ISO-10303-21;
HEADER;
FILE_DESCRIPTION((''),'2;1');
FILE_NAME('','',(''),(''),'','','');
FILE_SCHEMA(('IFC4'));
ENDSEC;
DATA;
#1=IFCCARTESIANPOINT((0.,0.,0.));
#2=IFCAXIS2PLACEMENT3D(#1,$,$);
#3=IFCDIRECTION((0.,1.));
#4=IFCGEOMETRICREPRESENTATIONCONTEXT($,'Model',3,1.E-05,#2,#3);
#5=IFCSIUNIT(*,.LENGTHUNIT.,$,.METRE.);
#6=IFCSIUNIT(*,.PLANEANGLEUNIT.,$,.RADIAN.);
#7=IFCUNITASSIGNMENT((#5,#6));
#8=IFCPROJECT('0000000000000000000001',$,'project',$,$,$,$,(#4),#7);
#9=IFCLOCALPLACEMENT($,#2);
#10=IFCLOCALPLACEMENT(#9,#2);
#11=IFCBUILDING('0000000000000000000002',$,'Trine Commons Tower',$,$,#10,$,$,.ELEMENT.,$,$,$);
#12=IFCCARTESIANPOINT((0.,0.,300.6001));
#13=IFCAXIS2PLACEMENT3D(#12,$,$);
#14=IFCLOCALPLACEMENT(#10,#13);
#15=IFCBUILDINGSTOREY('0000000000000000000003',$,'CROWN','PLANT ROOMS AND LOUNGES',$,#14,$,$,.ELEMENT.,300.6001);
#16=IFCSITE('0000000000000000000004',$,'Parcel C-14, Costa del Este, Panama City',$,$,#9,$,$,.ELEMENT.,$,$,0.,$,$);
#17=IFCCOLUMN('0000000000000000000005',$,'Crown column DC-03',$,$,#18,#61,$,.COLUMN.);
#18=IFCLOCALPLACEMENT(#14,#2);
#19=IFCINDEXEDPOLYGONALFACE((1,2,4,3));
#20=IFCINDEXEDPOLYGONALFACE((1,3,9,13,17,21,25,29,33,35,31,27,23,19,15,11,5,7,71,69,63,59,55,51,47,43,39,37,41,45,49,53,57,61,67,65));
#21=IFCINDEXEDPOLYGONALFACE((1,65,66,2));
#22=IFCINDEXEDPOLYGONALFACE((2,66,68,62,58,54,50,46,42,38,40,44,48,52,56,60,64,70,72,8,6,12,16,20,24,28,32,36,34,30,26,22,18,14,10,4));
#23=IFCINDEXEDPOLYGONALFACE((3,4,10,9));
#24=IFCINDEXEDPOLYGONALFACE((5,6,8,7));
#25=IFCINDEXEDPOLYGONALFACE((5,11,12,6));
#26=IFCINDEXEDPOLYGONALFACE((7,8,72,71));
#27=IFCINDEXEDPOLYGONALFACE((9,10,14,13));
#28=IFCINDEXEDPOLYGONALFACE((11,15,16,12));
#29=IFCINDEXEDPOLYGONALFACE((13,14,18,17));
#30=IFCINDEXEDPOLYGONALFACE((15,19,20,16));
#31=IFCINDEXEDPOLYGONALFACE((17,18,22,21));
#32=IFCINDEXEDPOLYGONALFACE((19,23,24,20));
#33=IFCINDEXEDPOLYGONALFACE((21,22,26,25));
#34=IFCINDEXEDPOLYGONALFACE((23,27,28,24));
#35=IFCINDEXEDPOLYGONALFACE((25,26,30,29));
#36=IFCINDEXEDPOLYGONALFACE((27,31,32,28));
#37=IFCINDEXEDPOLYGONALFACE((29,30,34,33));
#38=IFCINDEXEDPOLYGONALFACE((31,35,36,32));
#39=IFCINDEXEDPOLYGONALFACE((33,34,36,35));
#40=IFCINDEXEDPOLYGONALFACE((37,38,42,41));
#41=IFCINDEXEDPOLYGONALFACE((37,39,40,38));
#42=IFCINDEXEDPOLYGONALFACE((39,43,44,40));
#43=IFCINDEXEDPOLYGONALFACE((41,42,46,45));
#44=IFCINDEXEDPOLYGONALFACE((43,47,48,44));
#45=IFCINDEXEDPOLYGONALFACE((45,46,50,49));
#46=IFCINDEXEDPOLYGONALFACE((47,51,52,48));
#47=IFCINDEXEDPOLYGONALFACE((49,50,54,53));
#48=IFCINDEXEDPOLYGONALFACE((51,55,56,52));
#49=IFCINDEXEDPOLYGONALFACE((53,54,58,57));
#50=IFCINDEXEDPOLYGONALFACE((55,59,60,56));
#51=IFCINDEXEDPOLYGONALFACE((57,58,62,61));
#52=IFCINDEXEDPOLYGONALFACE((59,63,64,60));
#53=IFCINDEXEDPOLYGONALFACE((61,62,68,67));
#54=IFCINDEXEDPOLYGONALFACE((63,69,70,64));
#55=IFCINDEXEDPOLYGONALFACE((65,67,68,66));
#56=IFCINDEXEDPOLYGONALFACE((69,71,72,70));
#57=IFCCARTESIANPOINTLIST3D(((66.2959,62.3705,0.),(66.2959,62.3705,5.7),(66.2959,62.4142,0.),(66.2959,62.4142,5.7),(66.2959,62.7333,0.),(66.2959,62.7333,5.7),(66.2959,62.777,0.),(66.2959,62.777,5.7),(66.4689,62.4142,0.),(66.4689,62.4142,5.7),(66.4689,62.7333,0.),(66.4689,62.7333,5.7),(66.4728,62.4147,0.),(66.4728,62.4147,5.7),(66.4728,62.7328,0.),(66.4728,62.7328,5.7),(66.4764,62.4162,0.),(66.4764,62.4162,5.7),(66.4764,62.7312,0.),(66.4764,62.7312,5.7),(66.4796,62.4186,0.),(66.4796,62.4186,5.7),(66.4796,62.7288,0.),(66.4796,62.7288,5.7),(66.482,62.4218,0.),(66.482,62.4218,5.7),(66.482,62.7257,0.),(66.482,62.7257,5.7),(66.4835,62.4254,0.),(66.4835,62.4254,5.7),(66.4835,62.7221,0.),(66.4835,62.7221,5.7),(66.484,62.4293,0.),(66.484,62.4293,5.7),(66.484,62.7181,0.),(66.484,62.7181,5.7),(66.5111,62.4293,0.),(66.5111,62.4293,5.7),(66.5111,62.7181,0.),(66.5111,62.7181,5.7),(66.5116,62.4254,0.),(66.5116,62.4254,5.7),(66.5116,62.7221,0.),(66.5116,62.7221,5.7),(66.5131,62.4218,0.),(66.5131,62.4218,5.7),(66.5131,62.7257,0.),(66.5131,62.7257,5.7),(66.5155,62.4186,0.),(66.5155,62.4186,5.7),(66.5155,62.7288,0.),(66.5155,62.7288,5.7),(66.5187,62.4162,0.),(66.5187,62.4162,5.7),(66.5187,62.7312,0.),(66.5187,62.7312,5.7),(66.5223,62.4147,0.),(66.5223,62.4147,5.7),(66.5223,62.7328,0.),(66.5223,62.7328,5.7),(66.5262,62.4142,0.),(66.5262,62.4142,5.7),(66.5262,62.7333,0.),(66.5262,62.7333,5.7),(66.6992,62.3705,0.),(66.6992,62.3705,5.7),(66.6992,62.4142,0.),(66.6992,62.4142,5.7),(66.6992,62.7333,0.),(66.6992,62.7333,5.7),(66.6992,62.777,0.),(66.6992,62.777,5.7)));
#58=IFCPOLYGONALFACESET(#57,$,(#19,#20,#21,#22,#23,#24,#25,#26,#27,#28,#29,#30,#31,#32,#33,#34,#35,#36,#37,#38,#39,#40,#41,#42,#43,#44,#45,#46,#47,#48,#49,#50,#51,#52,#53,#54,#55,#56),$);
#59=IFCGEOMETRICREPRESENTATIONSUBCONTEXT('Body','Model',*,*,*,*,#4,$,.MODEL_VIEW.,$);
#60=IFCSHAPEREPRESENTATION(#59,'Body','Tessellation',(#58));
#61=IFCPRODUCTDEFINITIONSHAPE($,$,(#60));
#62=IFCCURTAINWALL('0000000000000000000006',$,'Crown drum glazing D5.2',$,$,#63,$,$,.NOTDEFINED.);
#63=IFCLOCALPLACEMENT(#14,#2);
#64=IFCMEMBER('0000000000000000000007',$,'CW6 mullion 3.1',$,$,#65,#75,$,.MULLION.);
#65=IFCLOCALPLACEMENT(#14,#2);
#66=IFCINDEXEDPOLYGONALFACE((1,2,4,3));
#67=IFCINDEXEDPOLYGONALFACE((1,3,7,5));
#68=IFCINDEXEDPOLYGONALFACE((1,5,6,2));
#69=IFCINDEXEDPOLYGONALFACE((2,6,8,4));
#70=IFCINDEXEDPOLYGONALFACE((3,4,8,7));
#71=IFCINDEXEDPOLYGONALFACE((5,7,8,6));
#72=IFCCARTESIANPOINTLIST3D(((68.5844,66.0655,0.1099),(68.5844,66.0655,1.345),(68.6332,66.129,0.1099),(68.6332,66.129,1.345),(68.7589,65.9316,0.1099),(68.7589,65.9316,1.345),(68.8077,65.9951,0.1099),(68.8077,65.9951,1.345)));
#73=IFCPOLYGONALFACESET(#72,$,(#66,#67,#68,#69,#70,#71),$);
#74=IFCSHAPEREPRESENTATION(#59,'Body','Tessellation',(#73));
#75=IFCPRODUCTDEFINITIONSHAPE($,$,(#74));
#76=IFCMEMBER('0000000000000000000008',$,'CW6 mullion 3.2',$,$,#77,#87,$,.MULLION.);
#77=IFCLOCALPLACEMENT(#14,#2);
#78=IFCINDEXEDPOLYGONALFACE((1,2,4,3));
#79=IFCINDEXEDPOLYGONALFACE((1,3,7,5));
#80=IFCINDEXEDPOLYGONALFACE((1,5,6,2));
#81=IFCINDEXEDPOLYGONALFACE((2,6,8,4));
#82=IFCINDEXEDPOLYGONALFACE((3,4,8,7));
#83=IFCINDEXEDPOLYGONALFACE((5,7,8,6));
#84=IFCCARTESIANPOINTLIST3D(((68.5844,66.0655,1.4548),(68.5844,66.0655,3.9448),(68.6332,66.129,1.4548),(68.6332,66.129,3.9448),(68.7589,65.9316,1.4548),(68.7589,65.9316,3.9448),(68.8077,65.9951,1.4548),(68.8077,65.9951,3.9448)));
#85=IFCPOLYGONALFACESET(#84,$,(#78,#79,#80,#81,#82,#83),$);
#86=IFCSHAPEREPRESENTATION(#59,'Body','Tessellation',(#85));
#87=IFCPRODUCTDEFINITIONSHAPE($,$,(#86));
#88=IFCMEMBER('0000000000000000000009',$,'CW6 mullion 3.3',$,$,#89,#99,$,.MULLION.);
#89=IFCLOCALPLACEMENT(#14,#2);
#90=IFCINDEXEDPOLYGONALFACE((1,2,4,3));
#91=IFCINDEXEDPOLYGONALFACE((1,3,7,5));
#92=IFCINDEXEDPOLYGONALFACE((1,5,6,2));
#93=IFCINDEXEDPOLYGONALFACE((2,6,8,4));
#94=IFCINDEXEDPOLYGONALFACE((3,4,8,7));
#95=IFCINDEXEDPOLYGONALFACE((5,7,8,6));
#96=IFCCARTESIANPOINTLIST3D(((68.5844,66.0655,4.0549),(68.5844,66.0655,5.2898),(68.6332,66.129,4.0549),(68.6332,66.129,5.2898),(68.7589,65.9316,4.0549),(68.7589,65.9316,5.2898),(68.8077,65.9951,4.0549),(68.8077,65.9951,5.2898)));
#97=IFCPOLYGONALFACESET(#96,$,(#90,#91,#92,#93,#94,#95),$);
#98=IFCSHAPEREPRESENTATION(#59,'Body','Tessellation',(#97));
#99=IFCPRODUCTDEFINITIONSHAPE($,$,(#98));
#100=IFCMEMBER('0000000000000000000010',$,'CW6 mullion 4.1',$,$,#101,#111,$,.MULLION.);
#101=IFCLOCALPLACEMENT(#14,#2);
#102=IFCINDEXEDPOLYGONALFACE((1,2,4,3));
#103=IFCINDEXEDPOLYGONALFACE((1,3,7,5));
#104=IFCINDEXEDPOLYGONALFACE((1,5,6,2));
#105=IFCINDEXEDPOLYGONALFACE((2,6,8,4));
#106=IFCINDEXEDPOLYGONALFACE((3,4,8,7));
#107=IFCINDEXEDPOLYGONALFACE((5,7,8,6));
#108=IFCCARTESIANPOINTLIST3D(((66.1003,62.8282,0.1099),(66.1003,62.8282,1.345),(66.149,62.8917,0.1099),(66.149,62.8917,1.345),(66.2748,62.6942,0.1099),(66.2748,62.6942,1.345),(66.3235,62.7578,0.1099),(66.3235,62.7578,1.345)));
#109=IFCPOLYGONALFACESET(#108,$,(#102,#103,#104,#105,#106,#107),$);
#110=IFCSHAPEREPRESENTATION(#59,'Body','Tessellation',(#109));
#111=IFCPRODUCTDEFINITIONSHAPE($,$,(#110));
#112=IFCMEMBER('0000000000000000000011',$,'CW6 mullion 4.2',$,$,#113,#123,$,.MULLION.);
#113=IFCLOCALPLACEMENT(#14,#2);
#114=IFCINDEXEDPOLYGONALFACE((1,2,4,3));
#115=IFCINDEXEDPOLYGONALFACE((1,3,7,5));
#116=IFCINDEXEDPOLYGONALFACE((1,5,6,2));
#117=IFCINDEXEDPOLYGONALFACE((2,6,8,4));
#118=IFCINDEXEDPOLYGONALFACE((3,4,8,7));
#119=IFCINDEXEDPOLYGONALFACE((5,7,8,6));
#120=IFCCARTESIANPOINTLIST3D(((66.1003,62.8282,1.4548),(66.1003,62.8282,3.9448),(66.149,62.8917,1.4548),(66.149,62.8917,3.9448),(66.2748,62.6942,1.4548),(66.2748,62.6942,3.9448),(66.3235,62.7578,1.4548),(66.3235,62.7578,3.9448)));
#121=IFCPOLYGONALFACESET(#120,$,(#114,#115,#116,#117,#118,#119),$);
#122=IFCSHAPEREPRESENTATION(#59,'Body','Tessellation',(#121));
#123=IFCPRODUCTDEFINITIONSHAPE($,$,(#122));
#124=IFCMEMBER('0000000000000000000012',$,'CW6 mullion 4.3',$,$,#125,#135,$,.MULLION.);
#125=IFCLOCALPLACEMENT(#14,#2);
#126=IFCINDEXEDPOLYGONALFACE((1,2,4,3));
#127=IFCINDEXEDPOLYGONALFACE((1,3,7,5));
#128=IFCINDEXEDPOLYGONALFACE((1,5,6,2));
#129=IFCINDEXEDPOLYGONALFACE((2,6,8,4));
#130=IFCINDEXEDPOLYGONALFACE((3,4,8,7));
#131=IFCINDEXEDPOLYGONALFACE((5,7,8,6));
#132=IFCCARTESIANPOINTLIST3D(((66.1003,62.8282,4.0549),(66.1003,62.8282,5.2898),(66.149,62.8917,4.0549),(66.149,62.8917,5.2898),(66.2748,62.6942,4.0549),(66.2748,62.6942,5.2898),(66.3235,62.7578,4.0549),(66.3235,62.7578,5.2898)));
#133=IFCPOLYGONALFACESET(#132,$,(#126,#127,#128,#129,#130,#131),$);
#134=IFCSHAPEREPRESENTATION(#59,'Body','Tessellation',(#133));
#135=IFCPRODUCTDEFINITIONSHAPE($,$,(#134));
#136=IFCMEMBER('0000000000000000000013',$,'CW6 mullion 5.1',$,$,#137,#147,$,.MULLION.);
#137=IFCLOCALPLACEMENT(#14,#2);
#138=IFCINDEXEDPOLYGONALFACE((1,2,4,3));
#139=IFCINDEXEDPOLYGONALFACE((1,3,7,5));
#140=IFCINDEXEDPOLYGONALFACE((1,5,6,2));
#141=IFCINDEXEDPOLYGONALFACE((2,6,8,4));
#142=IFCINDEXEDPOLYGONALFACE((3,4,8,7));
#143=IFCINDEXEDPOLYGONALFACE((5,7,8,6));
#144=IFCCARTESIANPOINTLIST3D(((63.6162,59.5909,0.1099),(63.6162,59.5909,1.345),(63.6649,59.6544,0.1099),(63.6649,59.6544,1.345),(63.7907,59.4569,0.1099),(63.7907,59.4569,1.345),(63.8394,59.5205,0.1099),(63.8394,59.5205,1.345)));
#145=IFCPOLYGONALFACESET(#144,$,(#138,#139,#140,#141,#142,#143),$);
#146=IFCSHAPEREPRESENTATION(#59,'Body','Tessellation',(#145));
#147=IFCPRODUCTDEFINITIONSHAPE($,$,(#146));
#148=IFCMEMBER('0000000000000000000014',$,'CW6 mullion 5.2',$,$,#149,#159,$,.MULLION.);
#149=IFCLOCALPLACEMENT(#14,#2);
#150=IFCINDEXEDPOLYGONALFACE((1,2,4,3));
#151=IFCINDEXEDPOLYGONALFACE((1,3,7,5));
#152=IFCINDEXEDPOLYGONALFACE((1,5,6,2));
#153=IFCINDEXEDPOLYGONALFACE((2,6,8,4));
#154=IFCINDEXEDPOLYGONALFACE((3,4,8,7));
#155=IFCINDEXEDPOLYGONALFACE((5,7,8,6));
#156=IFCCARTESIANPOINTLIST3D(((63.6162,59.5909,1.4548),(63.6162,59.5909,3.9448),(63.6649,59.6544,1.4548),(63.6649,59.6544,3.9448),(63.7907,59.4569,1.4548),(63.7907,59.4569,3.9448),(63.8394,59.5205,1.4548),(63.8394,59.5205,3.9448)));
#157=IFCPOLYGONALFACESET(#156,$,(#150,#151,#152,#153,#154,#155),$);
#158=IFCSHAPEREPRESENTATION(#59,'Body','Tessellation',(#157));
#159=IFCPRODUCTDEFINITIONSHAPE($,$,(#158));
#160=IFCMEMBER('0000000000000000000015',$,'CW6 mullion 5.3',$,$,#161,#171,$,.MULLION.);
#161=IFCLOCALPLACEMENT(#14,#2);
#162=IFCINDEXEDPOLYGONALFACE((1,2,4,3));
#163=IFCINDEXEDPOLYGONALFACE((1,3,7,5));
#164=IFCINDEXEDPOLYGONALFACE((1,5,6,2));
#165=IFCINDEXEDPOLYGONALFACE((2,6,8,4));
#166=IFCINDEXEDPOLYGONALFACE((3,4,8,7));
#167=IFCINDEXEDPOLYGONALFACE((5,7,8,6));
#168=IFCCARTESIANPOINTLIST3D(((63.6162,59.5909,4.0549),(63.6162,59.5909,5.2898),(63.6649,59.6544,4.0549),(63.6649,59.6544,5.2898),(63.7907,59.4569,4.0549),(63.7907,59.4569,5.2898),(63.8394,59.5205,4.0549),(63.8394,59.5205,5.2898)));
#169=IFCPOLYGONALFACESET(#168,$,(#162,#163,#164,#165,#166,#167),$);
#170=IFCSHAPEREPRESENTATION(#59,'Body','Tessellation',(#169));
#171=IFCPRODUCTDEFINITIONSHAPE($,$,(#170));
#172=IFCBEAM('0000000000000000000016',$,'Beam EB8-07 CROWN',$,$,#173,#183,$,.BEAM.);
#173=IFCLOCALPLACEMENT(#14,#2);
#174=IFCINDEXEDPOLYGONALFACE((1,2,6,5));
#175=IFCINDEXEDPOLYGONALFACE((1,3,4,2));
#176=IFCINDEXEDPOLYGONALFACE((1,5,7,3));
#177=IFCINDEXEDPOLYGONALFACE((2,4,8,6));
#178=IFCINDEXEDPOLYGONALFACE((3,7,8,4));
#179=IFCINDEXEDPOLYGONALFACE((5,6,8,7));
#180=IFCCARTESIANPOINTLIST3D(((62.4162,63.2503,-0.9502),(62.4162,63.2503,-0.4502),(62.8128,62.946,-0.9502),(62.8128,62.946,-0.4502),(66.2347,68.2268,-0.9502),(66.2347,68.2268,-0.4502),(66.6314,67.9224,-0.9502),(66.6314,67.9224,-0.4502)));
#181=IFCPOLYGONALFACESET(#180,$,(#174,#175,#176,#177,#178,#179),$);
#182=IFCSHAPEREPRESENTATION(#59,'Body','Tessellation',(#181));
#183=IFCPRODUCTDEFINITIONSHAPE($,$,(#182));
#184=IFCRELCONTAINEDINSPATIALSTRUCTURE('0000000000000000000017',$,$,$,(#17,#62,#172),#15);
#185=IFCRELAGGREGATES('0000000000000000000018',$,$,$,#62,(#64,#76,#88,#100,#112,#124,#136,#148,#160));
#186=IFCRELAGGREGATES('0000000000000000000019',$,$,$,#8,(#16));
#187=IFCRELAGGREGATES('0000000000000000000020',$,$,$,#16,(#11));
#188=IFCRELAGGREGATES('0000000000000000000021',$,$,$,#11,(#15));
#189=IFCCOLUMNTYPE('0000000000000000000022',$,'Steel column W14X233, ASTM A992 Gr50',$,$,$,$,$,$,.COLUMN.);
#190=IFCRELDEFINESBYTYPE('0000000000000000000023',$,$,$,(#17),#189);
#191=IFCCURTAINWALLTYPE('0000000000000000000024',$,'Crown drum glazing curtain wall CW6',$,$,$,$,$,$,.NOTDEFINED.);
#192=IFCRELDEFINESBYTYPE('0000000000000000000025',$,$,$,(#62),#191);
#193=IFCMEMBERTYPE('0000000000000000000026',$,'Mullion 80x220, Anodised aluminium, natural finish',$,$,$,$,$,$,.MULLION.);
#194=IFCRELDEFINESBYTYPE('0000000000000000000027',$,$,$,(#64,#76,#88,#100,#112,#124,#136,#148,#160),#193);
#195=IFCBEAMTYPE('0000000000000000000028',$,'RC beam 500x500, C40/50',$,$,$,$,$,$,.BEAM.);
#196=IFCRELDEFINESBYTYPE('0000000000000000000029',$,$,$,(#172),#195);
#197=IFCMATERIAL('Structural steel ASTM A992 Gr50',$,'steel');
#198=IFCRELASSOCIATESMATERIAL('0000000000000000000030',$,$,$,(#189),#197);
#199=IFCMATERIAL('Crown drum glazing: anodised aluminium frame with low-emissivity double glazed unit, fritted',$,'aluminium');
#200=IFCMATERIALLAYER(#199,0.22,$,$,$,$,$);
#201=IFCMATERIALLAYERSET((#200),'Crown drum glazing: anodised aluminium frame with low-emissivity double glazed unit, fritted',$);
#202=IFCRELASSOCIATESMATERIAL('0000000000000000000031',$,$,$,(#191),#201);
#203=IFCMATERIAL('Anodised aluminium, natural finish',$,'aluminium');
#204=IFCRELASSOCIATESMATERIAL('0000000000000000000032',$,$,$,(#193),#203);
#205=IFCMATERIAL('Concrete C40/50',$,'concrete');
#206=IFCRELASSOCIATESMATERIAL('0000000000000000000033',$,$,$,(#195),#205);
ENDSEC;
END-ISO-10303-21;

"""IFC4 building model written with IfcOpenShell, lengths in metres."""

from ifc_helpers import new_model, si_unit, direction, frame, origin, origin_2d, place, context, subcontext, project, spatial, rectangle, i_section, extrude, material, layer, layer_set, material_profile, profile_set, type_object, element, aggregate, save


model = new_model("IFC4")

# Units and contexts
model_context = context("Model", 3, precision=1e-05, world=origin(), true_north=direction((0.0, 1.0)))
body_context = subcontext(model_context, "Body", "Model", "MODEL_VIEW")
ifc_project = project(units=[si_unit("LENGTHUNIT", "METRE"), si_unit("PLANEANGLEUNIT", "RADIAN")], contexts=[model_context])

# Site, building, storey
site_placement = place(None, origin())
site = spatial("IfcSite", under=ifc_project, at=site_placement, Name="Parcel C-14, Costa del Este, Panama City", CompositionType="ELEMENT", RefElevation=0.0)
building_placement = place(site_placement, origin())
building = spatial("IfcBuilding", under=site, at=building_placement, Name="Trine Commons Tower", CompositionType="ELEMENT")
storey_placement = place(building_placement, frame((0.0, 0.0, 300.6001)))
storey = spatial("IfcBuildingStorey", under=building, at=storey_placement, Name="CROWN", Description="PLANT ROOMS AND LOUNGES", CompositionType="ELEMENT", Elevation=300.6001)

# Column
ifc_material_1 = material(Name="Structural steel ASTM A992 Gr50", Category="steel")
ifc_material_profile_1 = material_profile(ifc_material_1, i_section(OverallWidth=0.4033, OverallDepth=0.4065, WebThickness=0.0271, FlangeThickness=0.0437, FilletRadius=0.0151, at=origin_2d()), Name="W14X233")
ifc_profile_set_1 = profile_set([ifc_material_profile_1], Name="Structural steel ASTM A992 Gr50")
column_type = type_object("IfcColumnType", Name="Steel column W14X233, ASTM A992 Gr50", PredefinedType="COLUMN", material=ifc_profile_set_1)
column_placement = place(storey_placement, frame((66.4976, 62.5737, 0.0), z_axis=(0.0, 0.0, 1.0), x_axis=(1.0, 0.0, 0.0)))
element("IfcColumn", 1, at=column_placement, inside=storey, type_object=column_type, Name="Crown column DC-03", PredefinedType="COLUMN", context=body_context, shape_type="SweptSolid", body=[
    extrude(i_section(OverallWidth=0.4033, OverallDepth=0.4065, WebThickness=0.0271, FlangeThickness=0.0437, FilletRadius=0.0151, at=origin_2d()), origin(), (0.0, 0.0, 1.0), 5.7),
])

# Curtain wall, members
ifc_material_2 = material(Name="Crown drum glazing: anodised aluminium frame with low-emissivity double glazed unit, fritted", Category="aluminium")
ifc_layer_1 = layer(ifc_material_2, 0.22)
ifc_layer_set_1 = layer_set([ifc_layer_1], Name="Crown drum glazing: anodised aluminium frame with low-emissivity double glazed unit, fritted")
curtain_wall_type = type_object("IfcCurtainWallType", Name="Crown drum glazing curtain wall CW6", PredefinedType="NOTDEFINED", material=ifc_layer_set_1)
curtain_wall_placement = place(storey_placement, origin())
curtain_wall = element("IfcCurtainWall", 2, at=curtain_wall_placement, inside=storey, type_object=curtain_wall_type, Name="Crown drum glazing D5.2", PredefinedType="NOTDEFINED")
ifc_material_3 = material(Name="Anodised aluminium, natural finish", Category="aluminium")
ifc_material_profile_2 = material_profile(ifc_material_3, rectangle(XDim=0.22, YDim=0.0801, at=origin_2d()), Name="Mullion 80x220")
ifc_profile_set_2 = profile_set([ifc_material_profile_2], Name="Anodised aluminium, natural finish")
member_type = type_object("IfcMemberType", Name="Mullion 80x220, Anodised aluminium, natural finish", PredefinedType="MULLION", material=ifc_profile_set_2)
member_1_placement = place(storey_placement, frame((68.696, 66.0303, 0.1099), z_axis=(0.0, 0.0, 1.0), x_axis=(0.793353, -0.608761, 0.0)))
member_1 = element("IfcMember", 3, at=member_1_placement, type_object=member_type, Name="CW6 mullion 3.1", PredefinedType="MULLION", context=body_context, shape_type="SweptSolid", body=[
    extrude(rectangle(XDim=0.22, YDim=0.0801, at=origin_2d()), origin(), (0.0, 0.0, 1.0), 1.2351),
])
member_2_placement = place(storey_placement, frame((68.696, 66.0303, 1.4548), z_axis=(0.0, 0.0, 1.0), x_axis=(0.793353, -0.608761, 0.0)))
member_2 = element("IfcMember", 4, at=member_2_placement, type_object=member_type, Name="CW6 mullion 3.2", PredefinedType="MULLION", context=body_context, shape_type="SweptSolid", body=[
    extrude(rectangle(XDim=0.22, YDim=0.0801, at=origin_2d()), origin(), (0.0, 0.0, 1.0), 2.49),
])
member_3_placement = place(storey_placement, frame((68.696, 66.0303, 4.0549), z_axis=(0.0, 0.0, 1.0), x_axis=(0.793353, -0.608761, 0.0)))
member_3 = element("IfcMember", 5, at=member_3_placement, type_object=member_type, Name="CW6 mullion 3.3", PredefinedType="MULLION", context=body_context, shape_type="SweptSolid", body=[
    extrude(rectangle(XDim=0.22, YDim=0.0801, at=origin_2d()), origin(), (0.0, 0.0, 1.0), 1.2349),
])
member_4_placement = place(storey_placement, frame((66.2119, 62.793, 0.1099), z_axis=(0.0, 0.0, 1.0), x_axis=(0.793353, -0.608761, 0.0)))
member_4 = element("IfcMember", 6, at=member_4_placement, type_object=member_type, Name="CW6 mullion 4.1", PredefinedType="MULLION", context=body_context, shape_type="SweptSolid", body=[
    extrude(rectangle(XDim=0.22, YDim=0.0801, at=origin_2d()), origin(), (0.0, 0.0, 1.0), 1.2351),
])
member_5_placement = place(storey_placement, frame((66.2119, 62.793, 1.4548), z_axis=(0.0, 0.0, 1.0), x_axis=(0.793353, -0.608761, 0.0)))
member_5 = element("IfcMember", 7, at=member_5_placement, type_object=member_type, Name="CW6 mullion 4.2", PredefinedType="MULLION", context=body_context, shape_type="SweptSolid", body=[
    extrude(rectangle(XDim=0.22, YDim=0.0801, at=origin_2d()), origin(), (0.0, 0.0, 1.0), 2.49),
])
member_6_placement = place(storey_placement, frame((66.2119, 62.793, 4.0549), z_axis=(0.0, 0.0, 1.0), x_axis=(0.793353, -0.608761, 0.0)))
member_6 = element("IfcMember", 8, at=member_6_placement, type_object=member_type, Name="CW6 mullion 4.3", PredefinedType="MULLION", context=body_context, shape_type="SweptSolid", body=[
    extrude(rectangle(XDim=0.22, YDim=0.0801, at=origin_2d()), origin(), (0.0, 0.0, 1.0), 1.2349),
])
member_7_placement = place(storey_placement, frame((63.7278, 59.5557, 0.1099), z_axis=(0.0, 0.0, 1.0), x_axis=(0.793353, -0.608761, 0.0)))
member_7 = element("IfcMember", 9, at=member_7_placement, type_object=member_type, Name="CW6 mullion 5.1", PredefinedType="MULLION", context=body_context, shape_type="SweptSolid", body=[
    extrude(rectangle(XDim=0.22, YDim=0.0801, at=origin_2d()), origin(), (0.0, 0.0, 1.0), 1.2351),
])
member_8_placement = place(storey_placement, frame((63.7278, 59.5557, 1.4548), z_axis=(0.0, 0.0, 1.0), x_axis=(0.793353, -0.608761, 0.0)))
member_8 = element("IfcMember", 10, at=member_8_placement, type_object=member_type, Name="CW6 mullion 5.2", PredefinedType="MULLION", context=body_context, shape_type="SweptSolid", body=[
    extrude(rectangle(XDim=0.22, YDim=0.0801, at=origin_2d()), origin(), (0.0, 0.0, 1.0), 2.49),
])
member_9_placement = place(storey_placement, frame((63.7278, 59.5557, 4.0549), z_axis=(0.0, 0.0, 1.0), x_axis=(0.793353, -0.608761, 0.0)))
member_9 = element("IfcMember", 11, at=member_9_placement, type_object=member_type, Name="CW6 mullion 5.3", PredefinedType="MULLION", context=body_context, shape_type="SweptSolid", body=[
    extrude(rectangle(XDim=0.22, YDim=0.0801, at=origin_2d()), origin(), (0.0, 0.0, 1.0), 1.2349),
])

# Beam
ifc_material_4 = material(Name="Concrete C40/50", Category="concrete")
ifc_material_profile_3 = material_profile(ifc_material_4, rectangle(XDim=0.5, YDim=0.5, at=origin_2d()), Name="RC 500x500")
ifc_profile_set_3 = profile_set([ifc_material_profile_3], Name="Concrete C40/50")
beam_type_1 = type_object("IfcBeamType", Name="RC beam 500x500, C40/50", PredefinedType="BEAM", material=ifc_profile_set_3)
beam_1_placement = place(storey_placement, frame((62.6145, 63.0981, -0.7002), z_axis=(0.608757, 0.793357, 0.0), x_axis=(-0.793357, 0.608757, 0.0)))
element("IfcBeam", 12, at=beam_1_placement, inside=storey, type_object=beam_type_1, Name="Beam EB8-07 CROWN", PredefinedType="BEAM", context=body_context, shape_type="SweptSolid", body=[
    extrude(rectangle(XDim=0.5, YDim=0.5, at=origin_2d()), origin(), (0.0, 0.0, 1.0), 6.2727),
])

aggregate(curtain_wall, [member_1, member_2, member_3, member_4, member_5, member_6, member_7, member_8, member_9])

save(model, "model.ifc")
